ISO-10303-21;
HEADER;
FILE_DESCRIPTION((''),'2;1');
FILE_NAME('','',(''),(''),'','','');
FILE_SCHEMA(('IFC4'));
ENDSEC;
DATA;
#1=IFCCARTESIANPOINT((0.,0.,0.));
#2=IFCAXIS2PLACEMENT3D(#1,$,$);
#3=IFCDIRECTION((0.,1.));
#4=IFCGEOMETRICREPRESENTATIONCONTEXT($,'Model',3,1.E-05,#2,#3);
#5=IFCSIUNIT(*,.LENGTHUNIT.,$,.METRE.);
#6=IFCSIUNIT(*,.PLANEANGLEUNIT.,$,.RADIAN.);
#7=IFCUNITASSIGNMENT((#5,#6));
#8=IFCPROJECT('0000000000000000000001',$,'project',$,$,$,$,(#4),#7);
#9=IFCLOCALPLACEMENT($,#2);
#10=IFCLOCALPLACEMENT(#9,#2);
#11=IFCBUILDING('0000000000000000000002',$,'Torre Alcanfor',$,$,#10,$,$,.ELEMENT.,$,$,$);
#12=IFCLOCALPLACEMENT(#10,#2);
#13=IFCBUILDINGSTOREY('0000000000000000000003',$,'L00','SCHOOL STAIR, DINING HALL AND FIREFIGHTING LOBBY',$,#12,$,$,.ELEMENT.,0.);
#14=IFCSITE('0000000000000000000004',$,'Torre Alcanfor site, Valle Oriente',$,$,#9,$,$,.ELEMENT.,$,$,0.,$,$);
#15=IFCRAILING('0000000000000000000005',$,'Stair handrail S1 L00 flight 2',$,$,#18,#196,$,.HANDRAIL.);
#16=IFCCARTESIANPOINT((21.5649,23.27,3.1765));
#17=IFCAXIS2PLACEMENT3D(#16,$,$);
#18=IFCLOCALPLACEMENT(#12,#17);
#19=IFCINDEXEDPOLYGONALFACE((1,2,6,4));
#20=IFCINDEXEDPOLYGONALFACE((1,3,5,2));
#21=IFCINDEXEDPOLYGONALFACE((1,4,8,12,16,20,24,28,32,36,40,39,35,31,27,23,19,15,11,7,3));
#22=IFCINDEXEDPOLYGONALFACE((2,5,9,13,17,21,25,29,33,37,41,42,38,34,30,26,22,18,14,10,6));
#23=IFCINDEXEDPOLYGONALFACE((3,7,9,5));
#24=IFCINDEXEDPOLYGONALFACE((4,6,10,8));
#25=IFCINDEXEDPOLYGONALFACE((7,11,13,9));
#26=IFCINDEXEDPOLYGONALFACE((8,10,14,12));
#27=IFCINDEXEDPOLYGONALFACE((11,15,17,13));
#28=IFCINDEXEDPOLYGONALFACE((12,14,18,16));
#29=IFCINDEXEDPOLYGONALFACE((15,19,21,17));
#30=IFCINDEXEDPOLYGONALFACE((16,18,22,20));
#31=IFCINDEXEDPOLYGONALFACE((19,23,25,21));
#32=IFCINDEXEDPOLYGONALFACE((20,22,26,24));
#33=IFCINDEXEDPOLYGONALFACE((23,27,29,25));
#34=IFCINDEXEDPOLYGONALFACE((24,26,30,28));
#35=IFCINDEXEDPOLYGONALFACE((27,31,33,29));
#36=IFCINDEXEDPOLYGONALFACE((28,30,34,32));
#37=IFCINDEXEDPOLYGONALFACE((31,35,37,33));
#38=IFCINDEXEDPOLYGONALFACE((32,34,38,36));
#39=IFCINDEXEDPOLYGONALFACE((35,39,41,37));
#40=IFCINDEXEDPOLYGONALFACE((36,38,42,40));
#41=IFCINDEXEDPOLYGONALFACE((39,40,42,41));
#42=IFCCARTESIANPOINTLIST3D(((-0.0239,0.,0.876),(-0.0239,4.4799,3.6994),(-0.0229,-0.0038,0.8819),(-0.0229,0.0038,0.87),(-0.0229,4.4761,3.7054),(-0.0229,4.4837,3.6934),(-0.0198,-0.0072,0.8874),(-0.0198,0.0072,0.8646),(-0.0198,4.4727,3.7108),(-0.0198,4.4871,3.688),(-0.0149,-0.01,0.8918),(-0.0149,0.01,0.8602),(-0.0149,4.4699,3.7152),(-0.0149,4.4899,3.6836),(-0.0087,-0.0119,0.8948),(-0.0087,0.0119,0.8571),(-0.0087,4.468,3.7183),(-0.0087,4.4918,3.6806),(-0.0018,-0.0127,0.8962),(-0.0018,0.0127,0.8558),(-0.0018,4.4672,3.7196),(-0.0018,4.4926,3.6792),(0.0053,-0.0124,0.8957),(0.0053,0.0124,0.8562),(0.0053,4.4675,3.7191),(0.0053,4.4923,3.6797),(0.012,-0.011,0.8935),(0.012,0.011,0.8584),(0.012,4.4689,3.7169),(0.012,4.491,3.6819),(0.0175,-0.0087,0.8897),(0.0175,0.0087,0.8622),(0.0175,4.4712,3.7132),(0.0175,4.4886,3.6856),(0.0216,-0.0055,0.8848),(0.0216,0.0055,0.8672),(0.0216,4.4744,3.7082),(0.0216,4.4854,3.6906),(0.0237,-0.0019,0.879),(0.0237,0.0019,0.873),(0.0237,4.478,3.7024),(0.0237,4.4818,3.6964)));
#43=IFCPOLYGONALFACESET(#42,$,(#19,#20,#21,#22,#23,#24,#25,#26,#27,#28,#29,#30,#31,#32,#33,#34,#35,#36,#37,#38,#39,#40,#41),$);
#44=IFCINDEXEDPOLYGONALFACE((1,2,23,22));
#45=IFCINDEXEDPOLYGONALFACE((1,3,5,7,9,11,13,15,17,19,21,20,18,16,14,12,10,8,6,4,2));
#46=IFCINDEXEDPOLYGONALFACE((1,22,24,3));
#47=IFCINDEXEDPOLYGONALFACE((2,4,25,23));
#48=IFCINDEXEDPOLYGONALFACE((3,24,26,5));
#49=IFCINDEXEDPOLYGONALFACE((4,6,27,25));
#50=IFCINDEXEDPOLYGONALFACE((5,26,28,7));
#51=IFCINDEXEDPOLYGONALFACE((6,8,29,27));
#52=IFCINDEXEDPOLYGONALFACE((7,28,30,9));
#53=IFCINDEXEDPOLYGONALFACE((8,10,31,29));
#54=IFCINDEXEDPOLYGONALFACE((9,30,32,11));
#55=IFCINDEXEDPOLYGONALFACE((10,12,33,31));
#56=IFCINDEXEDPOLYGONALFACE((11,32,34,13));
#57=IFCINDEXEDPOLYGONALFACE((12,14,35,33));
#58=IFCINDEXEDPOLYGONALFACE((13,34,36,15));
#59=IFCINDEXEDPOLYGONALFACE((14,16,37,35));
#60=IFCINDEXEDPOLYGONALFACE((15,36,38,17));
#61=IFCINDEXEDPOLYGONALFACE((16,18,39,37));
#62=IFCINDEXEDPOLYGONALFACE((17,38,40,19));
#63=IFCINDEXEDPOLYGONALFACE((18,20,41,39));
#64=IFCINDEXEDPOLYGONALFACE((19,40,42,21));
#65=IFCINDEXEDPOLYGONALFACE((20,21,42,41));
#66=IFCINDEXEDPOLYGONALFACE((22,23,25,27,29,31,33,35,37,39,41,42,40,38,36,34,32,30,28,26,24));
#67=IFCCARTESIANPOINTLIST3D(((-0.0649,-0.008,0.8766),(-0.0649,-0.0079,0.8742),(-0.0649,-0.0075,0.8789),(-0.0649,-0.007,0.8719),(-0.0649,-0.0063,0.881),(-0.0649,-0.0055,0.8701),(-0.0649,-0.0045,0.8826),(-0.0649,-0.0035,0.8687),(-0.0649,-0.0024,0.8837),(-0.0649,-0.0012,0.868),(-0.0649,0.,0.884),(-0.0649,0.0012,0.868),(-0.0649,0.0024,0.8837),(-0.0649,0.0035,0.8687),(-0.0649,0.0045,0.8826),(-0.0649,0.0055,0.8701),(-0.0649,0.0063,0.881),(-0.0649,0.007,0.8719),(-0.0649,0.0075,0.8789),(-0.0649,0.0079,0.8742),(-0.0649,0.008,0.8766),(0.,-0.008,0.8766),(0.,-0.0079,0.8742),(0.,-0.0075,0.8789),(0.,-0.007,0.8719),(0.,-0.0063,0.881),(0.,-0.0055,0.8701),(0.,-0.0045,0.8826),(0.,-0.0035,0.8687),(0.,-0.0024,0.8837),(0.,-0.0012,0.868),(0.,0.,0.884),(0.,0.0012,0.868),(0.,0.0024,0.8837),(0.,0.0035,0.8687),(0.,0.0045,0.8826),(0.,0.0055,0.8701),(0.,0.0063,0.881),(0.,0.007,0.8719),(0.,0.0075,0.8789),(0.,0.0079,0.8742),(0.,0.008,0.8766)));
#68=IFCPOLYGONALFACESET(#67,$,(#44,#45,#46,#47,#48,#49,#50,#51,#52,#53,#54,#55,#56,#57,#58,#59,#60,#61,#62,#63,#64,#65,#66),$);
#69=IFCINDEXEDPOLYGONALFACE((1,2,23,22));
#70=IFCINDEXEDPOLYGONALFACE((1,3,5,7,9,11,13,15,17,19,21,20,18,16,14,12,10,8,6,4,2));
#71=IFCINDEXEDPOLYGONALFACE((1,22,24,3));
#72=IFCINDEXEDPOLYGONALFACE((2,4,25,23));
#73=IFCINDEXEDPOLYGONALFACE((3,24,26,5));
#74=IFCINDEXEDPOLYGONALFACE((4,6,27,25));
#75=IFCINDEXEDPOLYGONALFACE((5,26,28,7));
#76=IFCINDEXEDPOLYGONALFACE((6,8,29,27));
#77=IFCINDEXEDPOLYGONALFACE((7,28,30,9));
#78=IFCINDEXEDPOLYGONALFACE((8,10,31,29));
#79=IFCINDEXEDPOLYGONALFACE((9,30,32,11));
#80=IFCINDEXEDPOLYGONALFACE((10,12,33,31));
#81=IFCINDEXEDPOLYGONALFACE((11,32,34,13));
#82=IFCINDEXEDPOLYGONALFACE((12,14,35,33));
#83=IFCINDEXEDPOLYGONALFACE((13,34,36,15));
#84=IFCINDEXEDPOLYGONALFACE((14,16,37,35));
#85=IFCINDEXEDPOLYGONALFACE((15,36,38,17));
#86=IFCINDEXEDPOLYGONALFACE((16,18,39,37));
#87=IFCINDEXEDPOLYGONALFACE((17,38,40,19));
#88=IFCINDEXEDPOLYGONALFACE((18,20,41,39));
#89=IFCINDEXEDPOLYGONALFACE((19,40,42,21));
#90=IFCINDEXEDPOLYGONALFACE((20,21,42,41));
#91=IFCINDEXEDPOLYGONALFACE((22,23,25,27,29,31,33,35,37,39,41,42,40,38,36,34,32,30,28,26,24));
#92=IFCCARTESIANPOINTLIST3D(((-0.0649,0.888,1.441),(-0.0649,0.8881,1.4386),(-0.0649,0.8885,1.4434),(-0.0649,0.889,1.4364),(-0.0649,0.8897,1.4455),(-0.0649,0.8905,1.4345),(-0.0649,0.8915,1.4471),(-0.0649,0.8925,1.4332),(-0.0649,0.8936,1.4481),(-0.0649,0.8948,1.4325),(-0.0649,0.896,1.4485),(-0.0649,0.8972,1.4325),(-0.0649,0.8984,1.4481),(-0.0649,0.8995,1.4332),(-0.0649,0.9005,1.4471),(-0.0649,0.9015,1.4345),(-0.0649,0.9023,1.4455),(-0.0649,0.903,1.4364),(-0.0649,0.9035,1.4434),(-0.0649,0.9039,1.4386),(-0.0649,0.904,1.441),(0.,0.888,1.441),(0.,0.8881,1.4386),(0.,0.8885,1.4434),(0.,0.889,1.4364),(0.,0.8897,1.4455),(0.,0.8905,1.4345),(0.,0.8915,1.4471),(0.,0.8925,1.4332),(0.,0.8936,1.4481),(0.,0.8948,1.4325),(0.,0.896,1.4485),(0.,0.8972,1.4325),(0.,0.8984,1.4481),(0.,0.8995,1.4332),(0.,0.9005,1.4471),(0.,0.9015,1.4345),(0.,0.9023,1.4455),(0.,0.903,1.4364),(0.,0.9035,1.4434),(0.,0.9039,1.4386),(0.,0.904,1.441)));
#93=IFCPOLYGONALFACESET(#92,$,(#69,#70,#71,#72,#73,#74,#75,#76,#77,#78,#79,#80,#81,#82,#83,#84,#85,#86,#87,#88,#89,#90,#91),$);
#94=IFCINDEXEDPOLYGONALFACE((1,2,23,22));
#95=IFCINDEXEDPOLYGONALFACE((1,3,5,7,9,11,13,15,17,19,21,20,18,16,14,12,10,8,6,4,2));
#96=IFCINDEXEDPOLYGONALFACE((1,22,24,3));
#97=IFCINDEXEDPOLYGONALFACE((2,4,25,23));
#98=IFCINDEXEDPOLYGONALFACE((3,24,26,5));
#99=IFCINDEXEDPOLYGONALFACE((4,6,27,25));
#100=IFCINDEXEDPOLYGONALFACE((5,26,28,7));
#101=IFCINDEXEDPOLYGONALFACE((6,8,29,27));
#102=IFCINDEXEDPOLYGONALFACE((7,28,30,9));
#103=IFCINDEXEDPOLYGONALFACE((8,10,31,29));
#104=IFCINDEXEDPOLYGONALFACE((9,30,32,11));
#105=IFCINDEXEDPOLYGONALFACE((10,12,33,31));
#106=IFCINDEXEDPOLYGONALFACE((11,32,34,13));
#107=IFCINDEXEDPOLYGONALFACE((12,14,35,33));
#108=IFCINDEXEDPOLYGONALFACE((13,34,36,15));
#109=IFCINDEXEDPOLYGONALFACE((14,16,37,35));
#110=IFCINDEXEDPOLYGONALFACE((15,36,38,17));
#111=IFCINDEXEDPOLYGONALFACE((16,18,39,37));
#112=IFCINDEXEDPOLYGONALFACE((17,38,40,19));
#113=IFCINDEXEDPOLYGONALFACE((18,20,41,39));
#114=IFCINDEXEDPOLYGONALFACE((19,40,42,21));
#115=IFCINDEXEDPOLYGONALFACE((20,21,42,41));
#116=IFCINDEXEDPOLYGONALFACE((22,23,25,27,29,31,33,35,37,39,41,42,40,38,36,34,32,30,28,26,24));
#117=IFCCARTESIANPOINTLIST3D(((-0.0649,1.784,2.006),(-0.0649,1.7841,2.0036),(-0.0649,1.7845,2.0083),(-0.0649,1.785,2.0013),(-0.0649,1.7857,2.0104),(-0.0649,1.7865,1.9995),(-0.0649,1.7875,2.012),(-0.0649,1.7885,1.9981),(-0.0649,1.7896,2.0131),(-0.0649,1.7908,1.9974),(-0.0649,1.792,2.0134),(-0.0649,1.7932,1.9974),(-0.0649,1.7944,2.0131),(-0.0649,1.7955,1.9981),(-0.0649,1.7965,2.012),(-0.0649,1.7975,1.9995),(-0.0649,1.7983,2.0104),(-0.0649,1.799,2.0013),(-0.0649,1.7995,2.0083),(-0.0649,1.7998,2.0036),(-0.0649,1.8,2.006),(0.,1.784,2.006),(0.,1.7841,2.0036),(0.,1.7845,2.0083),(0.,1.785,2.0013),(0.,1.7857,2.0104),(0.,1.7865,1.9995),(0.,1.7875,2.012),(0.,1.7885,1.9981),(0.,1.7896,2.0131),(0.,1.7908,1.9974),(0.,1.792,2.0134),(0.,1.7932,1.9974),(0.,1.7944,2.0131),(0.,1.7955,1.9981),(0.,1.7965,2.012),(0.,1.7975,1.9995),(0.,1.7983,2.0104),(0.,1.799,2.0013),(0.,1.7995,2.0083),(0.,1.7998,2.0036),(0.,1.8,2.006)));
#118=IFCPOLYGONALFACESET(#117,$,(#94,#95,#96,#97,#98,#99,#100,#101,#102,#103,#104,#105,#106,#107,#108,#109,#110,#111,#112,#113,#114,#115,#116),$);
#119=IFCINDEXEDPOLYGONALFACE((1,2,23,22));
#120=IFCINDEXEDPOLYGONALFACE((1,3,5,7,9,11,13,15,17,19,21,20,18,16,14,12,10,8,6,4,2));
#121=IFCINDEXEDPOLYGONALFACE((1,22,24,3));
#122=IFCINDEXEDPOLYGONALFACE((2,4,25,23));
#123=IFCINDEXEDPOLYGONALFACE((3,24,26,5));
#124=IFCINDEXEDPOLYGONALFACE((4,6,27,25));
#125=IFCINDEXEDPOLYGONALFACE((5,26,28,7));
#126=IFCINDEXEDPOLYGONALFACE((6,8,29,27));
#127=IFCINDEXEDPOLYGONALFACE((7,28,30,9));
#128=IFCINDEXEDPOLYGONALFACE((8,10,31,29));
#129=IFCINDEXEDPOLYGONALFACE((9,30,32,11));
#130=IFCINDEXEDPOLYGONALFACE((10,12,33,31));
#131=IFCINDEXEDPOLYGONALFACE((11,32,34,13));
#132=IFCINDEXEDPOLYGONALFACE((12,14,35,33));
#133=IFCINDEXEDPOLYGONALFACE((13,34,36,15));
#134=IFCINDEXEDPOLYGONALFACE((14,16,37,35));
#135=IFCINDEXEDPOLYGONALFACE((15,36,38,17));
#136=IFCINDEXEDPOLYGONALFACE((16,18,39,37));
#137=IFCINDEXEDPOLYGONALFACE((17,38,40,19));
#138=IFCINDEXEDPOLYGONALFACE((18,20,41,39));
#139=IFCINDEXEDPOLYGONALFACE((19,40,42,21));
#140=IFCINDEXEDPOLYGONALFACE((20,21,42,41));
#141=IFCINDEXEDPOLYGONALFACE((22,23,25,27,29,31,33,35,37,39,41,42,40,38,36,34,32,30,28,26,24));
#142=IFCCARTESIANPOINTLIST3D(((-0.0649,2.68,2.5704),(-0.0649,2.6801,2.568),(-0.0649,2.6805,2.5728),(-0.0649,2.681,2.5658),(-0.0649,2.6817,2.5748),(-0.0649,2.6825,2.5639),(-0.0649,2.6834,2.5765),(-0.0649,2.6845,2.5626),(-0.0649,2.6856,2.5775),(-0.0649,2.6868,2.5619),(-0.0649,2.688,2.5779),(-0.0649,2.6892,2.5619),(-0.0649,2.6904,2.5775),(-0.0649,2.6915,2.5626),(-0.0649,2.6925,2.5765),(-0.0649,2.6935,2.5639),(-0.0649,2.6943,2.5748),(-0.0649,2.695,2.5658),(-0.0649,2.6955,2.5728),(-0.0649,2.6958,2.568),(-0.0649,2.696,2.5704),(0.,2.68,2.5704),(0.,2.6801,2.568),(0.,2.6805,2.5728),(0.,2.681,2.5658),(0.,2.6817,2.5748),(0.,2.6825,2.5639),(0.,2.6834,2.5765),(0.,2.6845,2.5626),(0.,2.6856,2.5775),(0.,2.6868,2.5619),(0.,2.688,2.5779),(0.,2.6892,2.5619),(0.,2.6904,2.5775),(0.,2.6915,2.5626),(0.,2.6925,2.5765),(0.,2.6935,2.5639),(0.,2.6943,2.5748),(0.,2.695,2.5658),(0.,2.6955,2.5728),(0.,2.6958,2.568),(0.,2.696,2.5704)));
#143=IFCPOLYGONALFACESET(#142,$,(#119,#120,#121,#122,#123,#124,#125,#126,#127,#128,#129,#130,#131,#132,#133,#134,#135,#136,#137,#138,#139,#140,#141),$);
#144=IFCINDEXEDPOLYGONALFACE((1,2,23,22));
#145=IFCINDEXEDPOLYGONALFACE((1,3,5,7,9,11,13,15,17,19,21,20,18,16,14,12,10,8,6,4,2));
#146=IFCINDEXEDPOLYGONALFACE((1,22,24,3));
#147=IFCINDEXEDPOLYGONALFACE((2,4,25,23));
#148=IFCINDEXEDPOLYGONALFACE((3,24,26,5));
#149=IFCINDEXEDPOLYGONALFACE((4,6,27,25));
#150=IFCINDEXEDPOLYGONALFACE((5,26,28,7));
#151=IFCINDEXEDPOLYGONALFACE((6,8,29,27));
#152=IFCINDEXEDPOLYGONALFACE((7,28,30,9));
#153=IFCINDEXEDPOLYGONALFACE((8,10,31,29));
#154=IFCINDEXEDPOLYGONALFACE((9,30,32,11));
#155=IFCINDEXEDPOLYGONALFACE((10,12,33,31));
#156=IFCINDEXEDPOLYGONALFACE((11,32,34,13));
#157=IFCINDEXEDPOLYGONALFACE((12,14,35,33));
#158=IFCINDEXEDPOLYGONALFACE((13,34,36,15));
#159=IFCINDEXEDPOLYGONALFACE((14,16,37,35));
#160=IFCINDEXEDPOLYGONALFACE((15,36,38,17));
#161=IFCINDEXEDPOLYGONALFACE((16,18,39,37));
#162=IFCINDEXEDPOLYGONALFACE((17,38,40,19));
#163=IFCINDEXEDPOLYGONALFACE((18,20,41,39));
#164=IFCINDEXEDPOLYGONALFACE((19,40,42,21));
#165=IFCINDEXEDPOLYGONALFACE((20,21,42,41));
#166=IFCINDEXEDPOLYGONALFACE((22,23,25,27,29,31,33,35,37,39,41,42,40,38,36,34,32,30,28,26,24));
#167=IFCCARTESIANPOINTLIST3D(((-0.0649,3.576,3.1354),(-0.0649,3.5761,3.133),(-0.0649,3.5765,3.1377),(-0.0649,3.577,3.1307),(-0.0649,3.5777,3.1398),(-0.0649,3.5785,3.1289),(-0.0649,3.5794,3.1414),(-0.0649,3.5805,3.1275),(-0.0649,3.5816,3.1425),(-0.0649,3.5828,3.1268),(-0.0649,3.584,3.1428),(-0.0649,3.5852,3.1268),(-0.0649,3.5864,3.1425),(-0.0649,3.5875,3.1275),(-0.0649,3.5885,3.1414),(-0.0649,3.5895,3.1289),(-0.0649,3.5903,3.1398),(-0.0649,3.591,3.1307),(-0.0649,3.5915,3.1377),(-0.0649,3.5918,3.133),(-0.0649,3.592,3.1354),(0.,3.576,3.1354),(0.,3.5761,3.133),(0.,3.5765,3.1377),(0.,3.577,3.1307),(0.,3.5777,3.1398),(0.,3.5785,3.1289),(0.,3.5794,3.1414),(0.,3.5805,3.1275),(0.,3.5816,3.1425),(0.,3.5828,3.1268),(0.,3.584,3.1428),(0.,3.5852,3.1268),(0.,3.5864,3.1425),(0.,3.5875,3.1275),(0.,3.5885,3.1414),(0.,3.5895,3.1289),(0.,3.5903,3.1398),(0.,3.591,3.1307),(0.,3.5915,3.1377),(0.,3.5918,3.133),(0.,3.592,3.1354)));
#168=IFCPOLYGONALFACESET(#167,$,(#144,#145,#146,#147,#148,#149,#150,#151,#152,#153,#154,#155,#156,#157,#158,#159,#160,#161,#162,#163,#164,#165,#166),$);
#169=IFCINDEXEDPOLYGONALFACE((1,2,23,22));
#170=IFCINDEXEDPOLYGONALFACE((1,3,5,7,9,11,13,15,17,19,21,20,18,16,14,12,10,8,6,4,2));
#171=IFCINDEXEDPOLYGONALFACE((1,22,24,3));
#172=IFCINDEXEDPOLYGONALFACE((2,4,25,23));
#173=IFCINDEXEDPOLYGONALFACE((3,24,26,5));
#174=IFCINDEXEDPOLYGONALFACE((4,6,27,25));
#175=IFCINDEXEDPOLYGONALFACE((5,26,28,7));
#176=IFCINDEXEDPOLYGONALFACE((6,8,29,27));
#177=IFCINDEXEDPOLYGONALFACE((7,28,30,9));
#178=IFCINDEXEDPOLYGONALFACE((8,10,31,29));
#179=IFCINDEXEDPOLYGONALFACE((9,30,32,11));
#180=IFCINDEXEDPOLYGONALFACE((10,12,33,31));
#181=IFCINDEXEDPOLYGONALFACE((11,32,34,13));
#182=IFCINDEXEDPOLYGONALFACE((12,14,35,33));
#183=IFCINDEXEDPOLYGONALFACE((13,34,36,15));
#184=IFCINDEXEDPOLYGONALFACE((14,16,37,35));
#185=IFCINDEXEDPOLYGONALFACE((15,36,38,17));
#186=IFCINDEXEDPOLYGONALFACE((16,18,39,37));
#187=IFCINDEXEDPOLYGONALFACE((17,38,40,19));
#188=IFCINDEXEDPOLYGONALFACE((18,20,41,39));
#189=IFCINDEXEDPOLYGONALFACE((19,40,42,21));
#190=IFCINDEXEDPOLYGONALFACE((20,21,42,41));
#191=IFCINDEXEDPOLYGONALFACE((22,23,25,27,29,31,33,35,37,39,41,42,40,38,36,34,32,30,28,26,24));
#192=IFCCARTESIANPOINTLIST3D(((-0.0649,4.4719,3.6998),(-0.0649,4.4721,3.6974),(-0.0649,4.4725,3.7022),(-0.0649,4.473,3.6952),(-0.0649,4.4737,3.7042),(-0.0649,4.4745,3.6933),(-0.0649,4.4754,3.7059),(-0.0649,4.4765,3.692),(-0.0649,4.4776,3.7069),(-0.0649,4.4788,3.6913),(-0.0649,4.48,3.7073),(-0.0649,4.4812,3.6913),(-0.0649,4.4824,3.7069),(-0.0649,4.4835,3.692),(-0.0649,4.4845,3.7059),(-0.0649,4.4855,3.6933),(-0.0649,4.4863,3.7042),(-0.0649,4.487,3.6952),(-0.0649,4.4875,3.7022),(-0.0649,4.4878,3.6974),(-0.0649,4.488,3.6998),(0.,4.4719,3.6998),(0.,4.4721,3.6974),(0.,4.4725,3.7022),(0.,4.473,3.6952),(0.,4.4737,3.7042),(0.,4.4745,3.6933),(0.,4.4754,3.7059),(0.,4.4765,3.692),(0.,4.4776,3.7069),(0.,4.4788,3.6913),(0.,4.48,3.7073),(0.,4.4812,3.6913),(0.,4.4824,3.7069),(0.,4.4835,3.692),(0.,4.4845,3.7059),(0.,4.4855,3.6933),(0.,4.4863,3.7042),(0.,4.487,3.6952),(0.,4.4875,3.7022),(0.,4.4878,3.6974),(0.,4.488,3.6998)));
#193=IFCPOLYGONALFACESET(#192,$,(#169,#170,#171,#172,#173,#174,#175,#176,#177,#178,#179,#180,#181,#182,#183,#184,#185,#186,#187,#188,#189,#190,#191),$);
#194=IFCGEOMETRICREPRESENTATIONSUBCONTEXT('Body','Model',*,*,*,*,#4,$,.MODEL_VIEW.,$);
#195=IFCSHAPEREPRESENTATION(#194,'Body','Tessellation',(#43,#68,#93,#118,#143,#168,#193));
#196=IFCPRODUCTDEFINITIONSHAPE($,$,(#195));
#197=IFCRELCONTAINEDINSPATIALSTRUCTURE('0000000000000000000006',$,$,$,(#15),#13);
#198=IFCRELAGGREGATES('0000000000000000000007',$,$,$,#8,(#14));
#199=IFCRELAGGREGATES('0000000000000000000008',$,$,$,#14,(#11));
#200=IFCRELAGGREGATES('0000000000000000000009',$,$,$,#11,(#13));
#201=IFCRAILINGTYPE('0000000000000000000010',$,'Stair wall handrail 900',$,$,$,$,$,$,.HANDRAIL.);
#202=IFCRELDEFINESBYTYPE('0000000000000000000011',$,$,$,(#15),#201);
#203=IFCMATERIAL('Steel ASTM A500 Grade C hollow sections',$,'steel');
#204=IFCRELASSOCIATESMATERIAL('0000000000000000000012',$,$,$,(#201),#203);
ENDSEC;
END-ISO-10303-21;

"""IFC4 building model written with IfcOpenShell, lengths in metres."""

from ifc_helpers import new_model, si_unit, direction, frame, origin, origin_2d, place, context, subcontext, project, spatial, circle, extrude, material, type_object, element, save


model = new_model("IFC4")

# Units and contexts
model_context = context("Model", 3, precision=1e-05, world=origin(), true_north=direction((0.0, 1.0)))
body_context = subcontext(model_context, "Body", "Model", "MODEL_VIEW")
ifc_project = project(units=[si_unit("LENGTHUNIT", "METRE"), si_unit("PLANEANGLEUNIT", "RADIAN")], contexts=[model_context])

# Site, building, storey
site_placement = place(None, origin())
site = spatial("IfcSite", under=ifc_project, at=site_placement, Name="Torre Alcanfor site, Valle Oriente", CompositionType="ELEMENT", RefElevation=0.0)
building_placement = place(site_placement, origin())
building = spatial("IfcBuilding", under=site, at=building_placement, Name="Torre Alcanfor", CompositionType="ELEMENT")
storey_placement = place(building_placement, origin())
storey = spatial("IfcBuildingStorey", under=building, at=storey_placement, Name="L00", Description="SCHOOL STAIR, DINING HALL AND FIREFIGHTING LOBBY", CompositionType="ELEMENT", Elevation=0.0)

# Railing
ifc_material_1 = material(Name="Steel ASTM A500 Grade C hollow sections", Category="steel")
railing_type_1 = type_object("IfcRailingType", Name="Stair wall handrail 900", PredefinedType="HANDRAIL", material=ifc_material_1)
railing_1_placement = place(storey_placement, frame((21.5649, 23.27, 3.1765)))
element("IfcRailing", 1, at=railing_1_placement, inside=storey, type_object=railing_type_1, Name="Stair handrail S1 L00 flight 2", PredefinedType="HANDRAIL", context=body_context, shape_type="SweptSolid", body=[
    extrude(circle(Radius=0.0239, at=origin_2d()), frame((0.0, 0.0, 0.876), z_axis=(0.0, 0.845998, 0.533186), x_axis=(-1.0, 0.0, 0.0)), (0.0, 0.0, 1.0), 5.2954),
    extrude(circle(Radius=0.0081, at=origin_2d()), frame((0.0, 0.0, 0.876), z_axis=(-1.0, 0.0, 0.0), x_axis=(0.0, 0.0, 1.0)), (0.0, 0.0, 1.0), 0.0649),
    extrude(circle(Radius=0.0081, at=origin_2d()), frame((0.0, 0.896, 1.4404), z_axis=(-1.0, 0.0, 0.0), x_axis=(0.0, 0.0, 1.0)), (0.0, 0.0, 1.0), 0.0649),
    extrude(circle(Radius=0.0081, at=origin_2d()), frame((0.0, 1.792, 2.0054), z_axis=(-1.0, 0.0, 0.0), x_axis=(0.0, 0.0, 1.0)), (0.0, 0.0, 1.0), 0.0649),
    extrude(circle(Radius=0.0081, at=origin_2d()), frame((0.0, 2.688, 2.5698), z_axis=(-1.0, 0.0, 0.0), x_axis=(0.0, 0.0, 1.0)), (0.0, 0.0, 1.0), 0.0649),
    extrude(circle(Radius=0.0081, at=origin_2d()), frame((0.0, 3.584, 3.1348), z_axis=(-1.0, 0.0, 0.0), x_axis=(0.0, 0.0, 1.0)), (0.0, 0.0, 1.0), 0.0649),
    extrude(circle(Radius=0.0081, at=origin_2d()), frame((0.0, 4.48, 3.6992), z_axis=(-1.0, 0.0, 0.0), x_axis=(0.0, 0.0, 1.0)), (0.0, 0.0, 1.0), 0.0649),
])

save(model, "model.ifc")
